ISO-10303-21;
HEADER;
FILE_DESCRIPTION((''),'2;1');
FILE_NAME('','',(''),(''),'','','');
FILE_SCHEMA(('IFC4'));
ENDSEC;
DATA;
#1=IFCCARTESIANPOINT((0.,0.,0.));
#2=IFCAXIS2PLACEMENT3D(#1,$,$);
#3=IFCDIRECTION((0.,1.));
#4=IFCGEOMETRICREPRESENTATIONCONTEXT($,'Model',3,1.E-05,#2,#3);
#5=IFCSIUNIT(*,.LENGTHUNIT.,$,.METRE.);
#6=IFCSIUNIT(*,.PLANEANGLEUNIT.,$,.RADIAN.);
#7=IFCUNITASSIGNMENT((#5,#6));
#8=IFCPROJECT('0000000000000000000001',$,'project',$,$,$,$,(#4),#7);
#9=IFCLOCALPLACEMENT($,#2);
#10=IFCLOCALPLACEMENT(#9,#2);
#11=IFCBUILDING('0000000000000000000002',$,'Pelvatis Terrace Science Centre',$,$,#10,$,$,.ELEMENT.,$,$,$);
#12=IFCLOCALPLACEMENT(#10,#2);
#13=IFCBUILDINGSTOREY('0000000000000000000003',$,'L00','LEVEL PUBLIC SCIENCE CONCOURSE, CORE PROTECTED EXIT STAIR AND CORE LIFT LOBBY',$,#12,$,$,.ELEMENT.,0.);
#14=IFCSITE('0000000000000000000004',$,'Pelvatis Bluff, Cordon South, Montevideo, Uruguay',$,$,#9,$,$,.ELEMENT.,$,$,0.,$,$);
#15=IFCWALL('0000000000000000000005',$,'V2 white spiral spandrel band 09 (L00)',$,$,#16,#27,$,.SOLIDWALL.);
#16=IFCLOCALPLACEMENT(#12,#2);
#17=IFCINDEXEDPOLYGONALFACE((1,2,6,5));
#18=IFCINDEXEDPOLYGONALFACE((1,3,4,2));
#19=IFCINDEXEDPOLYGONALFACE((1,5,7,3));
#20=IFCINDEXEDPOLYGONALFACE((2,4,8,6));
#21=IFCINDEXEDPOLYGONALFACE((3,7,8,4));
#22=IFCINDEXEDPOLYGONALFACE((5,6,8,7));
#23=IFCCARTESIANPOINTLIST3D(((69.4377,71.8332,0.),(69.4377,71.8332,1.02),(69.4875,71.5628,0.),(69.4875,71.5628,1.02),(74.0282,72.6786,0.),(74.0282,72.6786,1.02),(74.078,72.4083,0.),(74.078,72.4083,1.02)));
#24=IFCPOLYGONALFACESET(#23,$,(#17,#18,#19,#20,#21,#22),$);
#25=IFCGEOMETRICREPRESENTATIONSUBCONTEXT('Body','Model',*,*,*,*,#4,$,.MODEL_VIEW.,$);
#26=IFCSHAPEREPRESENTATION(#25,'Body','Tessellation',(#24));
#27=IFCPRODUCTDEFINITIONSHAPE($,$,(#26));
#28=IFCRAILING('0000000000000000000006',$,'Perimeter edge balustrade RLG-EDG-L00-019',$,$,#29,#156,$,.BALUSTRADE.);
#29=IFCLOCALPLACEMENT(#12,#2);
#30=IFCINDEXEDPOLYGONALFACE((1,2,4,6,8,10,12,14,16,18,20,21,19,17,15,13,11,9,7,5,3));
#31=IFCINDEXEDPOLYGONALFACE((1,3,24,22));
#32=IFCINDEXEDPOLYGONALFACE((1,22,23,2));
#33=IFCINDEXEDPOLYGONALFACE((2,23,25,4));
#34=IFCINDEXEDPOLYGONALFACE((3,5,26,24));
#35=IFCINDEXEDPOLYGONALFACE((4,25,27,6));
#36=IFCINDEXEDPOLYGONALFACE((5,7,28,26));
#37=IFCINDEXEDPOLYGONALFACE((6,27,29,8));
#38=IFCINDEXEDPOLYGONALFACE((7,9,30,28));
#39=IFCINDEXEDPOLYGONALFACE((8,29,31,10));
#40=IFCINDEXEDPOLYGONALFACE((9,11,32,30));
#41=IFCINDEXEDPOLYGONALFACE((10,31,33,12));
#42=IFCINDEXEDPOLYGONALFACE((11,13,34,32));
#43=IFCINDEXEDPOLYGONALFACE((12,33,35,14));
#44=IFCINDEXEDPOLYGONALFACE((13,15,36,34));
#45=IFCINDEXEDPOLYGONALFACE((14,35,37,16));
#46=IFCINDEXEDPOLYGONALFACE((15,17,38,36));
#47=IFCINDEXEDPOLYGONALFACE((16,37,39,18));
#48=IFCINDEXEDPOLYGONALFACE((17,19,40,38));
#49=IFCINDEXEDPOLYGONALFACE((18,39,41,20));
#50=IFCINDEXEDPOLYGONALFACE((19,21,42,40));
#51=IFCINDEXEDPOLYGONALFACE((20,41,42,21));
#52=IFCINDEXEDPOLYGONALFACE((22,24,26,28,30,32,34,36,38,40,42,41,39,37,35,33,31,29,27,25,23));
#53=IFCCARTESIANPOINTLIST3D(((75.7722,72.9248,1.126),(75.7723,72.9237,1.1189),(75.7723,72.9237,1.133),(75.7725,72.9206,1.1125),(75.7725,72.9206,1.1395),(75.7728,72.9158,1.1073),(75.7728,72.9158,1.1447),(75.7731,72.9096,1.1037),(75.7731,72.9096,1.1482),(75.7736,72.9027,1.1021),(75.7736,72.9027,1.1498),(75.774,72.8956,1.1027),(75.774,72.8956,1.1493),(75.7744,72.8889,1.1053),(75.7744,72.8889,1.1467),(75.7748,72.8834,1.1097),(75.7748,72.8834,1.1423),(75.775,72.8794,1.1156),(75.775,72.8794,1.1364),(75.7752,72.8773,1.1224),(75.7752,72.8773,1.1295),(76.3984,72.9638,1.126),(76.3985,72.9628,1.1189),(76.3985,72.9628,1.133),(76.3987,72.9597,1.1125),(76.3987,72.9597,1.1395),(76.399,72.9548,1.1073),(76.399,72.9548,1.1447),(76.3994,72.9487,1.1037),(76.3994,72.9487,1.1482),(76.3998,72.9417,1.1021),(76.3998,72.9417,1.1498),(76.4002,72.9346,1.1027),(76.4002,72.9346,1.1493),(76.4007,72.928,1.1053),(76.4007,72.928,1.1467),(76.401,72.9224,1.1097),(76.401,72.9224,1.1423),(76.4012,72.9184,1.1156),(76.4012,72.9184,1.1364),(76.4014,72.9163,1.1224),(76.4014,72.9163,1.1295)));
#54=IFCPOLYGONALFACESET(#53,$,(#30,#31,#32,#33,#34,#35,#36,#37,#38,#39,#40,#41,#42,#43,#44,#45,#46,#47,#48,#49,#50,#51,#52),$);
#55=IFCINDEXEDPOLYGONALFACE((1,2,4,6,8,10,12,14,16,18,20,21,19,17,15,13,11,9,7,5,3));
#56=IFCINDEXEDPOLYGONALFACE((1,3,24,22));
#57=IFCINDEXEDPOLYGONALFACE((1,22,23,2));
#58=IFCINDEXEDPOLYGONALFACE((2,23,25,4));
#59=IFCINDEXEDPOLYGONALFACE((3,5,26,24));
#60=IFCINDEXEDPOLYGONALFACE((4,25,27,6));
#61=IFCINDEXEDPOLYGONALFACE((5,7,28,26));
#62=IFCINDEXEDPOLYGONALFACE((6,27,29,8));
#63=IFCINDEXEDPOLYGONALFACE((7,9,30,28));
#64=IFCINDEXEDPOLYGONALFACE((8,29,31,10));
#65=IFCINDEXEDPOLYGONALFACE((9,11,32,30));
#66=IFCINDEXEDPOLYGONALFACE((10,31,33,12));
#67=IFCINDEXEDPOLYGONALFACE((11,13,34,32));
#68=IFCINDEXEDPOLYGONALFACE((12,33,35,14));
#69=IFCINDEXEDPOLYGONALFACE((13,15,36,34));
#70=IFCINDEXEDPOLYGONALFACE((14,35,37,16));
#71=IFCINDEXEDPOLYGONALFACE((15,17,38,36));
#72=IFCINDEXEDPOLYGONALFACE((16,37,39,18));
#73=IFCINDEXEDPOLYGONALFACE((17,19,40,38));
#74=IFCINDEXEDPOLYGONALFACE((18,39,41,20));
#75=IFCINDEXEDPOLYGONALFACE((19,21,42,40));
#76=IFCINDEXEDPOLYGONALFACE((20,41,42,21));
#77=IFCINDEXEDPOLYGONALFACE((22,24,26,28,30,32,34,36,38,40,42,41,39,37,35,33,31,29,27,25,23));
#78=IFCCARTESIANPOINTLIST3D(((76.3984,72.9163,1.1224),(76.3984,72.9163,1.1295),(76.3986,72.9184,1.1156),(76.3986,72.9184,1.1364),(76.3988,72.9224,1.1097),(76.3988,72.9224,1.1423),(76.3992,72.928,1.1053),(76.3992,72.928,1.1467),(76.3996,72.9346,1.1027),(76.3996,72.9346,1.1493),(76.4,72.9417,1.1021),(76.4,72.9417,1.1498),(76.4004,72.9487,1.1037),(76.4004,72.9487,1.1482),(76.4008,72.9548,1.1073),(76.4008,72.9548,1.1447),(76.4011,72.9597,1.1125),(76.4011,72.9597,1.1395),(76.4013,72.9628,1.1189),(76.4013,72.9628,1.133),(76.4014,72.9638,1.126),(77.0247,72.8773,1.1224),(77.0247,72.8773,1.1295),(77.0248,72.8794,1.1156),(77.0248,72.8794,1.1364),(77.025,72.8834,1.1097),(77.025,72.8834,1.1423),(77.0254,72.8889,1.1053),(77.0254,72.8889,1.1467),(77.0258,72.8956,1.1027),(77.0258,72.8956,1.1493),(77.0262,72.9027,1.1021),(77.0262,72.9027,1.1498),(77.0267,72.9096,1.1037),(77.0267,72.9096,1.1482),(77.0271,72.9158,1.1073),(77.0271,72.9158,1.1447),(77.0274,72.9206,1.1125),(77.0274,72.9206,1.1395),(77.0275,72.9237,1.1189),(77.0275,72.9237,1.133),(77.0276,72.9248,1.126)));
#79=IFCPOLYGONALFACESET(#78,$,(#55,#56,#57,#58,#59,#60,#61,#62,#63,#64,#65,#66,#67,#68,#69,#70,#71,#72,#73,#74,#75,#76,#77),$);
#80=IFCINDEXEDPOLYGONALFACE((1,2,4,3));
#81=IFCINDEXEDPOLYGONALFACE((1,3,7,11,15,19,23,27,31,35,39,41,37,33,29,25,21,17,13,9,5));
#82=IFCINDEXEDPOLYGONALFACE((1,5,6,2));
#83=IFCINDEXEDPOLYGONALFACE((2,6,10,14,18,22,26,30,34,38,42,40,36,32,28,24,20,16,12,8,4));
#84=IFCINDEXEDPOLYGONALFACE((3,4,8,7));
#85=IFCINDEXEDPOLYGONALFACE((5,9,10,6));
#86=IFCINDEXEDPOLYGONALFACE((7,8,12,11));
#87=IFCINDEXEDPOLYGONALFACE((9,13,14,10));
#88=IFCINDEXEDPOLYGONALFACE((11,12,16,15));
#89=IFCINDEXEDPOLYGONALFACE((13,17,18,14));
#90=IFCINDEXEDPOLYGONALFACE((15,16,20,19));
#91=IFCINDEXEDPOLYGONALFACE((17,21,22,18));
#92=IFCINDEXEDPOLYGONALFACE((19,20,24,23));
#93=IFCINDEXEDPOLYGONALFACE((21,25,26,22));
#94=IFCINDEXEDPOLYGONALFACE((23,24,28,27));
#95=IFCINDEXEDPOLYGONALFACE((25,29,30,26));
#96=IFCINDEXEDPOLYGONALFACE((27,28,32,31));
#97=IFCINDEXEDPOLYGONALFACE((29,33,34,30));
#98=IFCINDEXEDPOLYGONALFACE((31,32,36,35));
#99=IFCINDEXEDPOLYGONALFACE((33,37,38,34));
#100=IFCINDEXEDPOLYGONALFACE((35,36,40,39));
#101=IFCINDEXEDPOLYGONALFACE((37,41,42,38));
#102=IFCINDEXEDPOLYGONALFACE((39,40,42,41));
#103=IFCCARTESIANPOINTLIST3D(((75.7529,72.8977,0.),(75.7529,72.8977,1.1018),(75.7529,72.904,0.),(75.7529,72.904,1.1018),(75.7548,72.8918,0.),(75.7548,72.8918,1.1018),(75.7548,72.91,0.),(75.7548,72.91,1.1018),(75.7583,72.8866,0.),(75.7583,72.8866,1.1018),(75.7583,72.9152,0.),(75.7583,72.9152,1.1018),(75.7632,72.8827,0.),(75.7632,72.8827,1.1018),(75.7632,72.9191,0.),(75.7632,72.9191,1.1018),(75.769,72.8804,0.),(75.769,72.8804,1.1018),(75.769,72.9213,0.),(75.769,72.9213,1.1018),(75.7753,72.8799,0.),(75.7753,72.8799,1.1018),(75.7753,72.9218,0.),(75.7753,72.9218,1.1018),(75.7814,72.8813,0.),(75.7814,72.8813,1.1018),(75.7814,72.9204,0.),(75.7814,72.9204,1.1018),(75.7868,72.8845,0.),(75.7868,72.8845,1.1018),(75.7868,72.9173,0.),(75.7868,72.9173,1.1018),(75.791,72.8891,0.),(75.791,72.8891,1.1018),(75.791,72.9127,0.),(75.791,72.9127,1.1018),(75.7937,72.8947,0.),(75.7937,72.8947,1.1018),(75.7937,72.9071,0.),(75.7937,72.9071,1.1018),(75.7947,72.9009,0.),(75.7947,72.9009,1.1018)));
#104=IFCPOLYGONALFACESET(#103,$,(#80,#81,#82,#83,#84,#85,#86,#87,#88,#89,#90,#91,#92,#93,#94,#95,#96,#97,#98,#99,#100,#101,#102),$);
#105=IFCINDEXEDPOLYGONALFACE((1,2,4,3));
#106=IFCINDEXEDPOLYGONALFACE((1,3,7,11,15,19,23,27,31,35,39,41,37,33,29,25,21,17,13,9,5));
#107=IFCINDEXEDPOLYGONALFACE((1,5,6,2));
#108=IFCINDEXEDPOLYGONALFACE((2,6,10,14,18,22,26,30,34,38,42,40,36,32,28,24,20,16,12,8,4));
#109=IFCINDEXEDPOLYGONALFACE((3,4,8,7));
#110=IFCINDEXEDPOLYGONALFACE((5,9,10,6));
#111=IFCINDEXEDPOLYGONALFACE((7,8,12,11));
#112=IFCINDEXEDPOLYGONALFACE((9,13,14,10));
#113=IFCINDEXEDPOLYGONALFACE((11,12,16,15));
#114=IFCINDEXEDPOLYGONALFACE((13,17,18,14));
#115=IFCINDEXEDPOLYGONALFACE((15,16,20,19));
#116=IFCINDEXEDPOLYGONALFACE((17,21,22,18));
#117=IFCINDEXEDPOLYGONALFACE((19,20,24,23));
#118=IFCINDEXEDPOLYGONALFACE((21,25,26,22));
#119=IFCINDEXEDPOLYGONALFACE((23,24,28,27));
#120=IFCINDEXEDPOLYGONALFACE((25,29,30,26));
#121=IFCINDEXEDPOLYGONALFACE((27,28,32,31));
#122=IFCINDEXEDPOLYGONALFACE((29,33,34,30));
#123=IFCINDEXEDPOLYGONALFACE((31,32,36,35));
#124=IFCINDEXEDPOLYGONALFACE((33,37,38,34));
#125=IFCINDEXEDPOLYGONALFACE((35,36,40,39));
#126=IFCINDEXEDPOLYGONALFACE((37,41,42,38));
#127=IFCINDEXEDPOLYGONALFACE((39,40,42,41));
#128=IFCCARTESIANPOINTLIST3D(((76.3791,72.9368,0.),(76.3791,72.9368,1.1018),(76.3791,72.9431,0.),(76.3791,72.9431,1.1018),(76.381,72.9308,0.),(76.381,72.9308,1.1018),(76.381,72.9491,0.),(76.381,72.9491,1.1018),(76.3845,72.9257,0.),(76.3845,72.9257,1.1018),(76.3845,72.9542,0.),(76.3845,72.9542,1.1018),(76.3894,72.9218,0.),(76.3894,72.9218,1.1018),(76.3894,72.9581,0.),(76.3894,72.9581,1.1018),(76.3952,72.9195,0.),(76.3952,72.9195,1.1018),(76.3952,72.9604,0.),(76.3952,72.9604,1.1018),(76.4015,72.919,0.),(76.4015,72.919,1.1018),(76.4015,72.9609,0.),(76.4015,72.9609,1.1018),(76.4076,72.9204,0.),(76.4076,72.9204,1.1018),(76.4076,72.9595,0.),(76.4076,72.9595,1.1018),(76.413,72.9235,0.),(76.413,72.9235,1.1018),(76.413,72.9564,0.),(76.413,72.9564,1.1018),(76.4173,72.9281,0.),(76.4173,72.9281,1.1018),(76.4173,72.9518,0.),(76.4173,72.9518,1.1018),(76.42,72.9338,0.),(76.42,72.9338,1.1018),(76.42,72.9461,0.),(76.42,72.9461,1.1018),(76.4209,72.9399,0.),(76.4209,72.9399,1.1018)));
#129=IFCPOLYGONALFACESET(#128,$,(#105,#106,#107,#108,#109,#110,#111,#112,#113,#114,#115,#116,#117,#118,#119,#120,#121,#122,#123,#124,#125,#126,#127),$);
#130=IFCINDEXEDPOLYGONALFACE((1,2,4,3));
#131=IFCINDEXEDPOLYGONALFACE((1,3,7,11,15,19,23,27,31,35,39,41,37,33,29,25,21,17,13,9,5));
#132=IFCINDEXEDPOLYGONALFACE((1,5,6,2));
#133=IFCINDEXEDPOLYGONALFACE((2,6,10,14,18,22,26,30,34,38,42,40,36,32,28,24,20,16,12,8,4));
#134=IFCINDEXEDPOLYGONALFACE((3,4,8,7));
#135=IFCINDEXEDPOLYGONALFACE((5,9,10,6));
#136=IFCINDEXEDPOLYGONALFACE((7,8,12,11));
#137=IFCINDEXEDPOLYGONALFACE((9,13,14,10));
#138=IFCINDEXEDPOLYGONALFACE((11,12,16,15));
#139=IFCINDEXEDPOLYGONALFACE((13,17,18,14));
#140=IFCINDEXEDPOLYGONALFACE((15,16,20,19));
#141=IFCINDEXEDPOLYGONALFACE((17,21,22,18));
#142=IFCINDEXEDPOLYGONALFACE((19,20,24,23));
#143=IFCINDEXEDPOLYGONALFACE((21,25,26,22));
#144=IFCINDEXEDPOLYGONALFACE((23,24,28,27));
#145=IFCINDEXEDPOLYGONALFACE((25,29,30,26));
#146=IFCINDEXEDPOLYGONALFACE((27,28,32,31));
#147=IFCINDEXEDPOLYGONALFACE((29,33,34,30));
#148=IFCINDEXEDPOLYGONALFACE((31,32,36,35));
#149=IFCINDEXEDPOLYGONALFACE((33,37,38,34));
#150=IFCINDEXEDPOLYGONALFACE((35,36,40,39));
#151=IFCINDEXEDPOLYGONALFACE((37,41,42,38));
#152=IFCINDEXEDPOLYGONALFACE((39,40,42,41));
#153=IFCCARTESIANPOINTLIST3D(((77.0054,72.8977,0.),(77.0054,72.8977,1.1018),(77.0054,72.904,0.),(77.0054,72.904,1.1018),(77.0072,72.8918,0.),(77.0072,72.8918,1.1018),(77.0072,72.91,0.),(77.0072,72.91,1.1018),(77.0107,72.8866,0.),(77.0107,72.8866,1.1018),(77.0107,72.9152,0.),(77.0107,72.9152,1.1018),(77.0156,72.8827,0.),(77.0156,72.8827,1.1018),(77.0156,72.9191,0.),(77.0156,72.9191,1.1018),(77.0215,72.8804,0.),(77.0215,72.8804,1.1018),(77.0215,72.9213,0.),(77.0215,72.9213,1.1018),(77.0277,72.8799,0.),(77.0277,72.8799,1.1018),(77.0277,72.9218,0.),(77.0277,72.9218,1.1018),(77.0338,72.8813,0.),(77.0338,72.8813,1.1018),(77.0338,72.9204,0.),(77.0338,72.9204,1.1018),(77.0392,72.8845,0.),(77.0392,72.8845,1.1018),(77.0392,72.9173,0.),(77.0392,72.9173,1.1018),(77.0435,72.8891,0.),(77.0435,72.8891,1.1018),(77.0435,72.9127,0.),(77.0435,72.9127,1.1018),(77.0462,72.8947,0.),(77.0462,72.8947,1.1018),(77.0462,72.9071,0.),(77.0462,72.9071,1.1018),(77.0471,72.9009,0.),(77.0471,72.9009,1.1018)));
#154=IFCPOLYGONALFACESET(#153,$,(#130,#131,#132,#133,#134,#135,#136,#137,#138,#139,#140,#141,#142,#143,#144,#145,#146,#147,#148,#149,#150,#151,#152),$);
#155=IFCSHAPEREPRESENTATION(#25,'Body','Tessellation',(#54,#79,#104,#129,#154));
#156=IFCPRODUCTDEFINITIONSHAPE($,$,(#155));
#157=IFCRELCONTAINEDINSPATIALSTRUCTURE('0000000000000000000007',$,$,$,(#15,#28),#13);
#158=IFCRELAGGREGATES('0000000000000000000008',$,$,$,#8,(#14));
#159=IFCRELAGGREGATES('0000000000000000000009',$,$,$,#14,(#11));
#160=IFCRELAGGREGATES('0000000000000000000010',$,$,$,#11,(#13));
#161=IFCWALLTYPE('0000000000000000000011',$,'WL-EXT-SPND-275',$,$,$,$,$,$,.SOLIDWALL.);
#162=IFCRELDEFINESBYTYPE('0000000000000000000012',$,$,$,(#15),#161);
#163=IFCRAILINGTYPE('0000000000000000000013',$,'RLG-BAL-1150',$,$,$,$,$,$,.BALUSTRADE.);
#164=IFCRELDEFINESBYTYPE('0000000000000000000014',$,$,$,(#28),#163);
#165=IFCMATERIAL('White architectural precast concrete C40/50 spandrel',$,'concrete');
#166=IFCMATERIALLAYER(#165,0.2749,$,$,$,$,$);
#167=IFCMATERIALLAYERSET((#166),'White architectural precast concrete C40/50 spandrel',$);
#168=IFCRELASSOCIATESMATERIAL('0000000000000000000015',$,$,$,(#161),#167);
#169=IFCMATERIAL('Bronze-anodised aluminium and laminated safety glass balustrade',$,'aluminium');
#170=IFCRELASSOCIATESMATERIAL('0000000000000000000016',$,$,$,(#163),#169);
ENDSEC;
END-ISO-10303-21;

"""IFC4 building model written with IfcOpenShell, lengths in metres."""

from ifc_helpers import new_model, si_unit, direction, frame, frame_2d, origin, origin_2d, place, context, subcontext, project, spatial, rectangle, circle, extrude, material, layer, layer_set, type_object, element, save


model = new_model("IFC4")

# Units and contexts
model_context = context("Model", 3, precision=1e-05, world=origin(), true_north=direction((0.0, 1.0)))
body_context = subcontext(model_context, "Body", "Model", "MODEL_VIEW")
ifc_project = project(units=[si_unit("LENGTHUNIT", "METRE"), si_unit("PLANEANGLEUNIT", "RADIAN")], contexts=[model_context])

# Site, building, storey
site_placement = place(None, origin())
site = spatial("IfcSite", under=ifc_project, at=site_placement, Name="Pelvatis Bluff, Cordon South, Montevideo, Uruguay", CompositionType="ELEMENT", RefElevation=0.0)
building_placement = place(site_placement, origin())
building = spatial("IfcBuilding", under=site, at=building_placement, Name="Pelvatis Terrace Science Centre", CompositionType="ELEMENT")
storey_placement = place(building_placement, origin())
storey = spatial("IfcBuildingStorey", under=building, at=storey_placement, Name="L00", Description="LEVEL PUBLIC SCIENCE CONCOURSE, CORE PROTECTED EXIT STAIR AND CORE LIFT LOBBY", CompositionType="ELEMENT", Elevation=0.0)

# Wall
ifc_material_1 = material(Name="White architectural precast concrete C40/50 spandrel", Category="concrete")
ifc_layer_1 = layer(ifc_material_1, 0.2749)
ifc_layer_set_1 = layer_set([ifc_layer_1], Name="White architectural precast concrete C40/50 spandrel")
wall_type = type_object("IfcWallType", Name="WL-EXT-SPND-275", PredefinedType="SOLIDWALL", material=ifc_layer_set_1)
wall_placement = place(storey_placement, frame((74.0532, 72.5435, 0.0), z_axis=(0.0, 0.0, 1.0), x_axis=(-0.98346, -0.181126, 0.0)))
element("IfcWall", 1, at=wall_placement, inside=storey, type_object=wall_type, Name="V2 white spiral spandrel band 09 (L00)", PredefinedType="SOLIDWALL", context=body_context, shape_type="SweptSolid", body=[
    extrude(rectangle(XDim=4.6677, YDim=0.2749, at=frame_2d((2.334, 0.0))), origin(), (0.0, 0.0, 1.0), 1.02),
])

# Railing
ifc_material_2 = material(Name="Bronze-anodised aluminium and laminated safety glass balustrade", Category="aluminium")
railing_type = type_object("IfcRailingType", Name="RLG-BAL-1150", PredefinedType="BALUSTRADE", material=ifc_material_2)
railing_placement = place(storey_placement, frame((75.7737, 72.9009, 0.0)))
element("IfcRailing", 2, at=railing_placement, inside=storey, type_object=railing_type, Name="Perimeter edge balustrade RLG-EDG-L00-019", PredefinedType="BALUSTRADE", context=body_context, shape_type="SweptSolid", body=[
    extrude(circle(Radius=0.0239, at=origin_2d()), frame((0.0, 0.0, 1.126), z_axis=(0.99806, 0.062257, 0.0), x_axis=(-0.062257, 0.99806, 0.0)), (0.0, 0.0, 1.0), 0.6274),
    extrude(circle(Radius=0.0239, at=origin_2d()), frame((0.6262, 0.0391, 1.126), z_axis=(0.99806, -0.062257, 0.0), x_axis=(0.062257, 0.99806, 0.0)), (0.0, 0.0, 1.0), 0.6274),
    extrude(circle(Radius=0.021, at=origin_2d()), origin(), (0.0, 0.0, 1.0), 1.1018),
    extrude(circle(Radius=0.021, at=origin_2d()), frame((0.6262, 0.0391, 0.0)), (0.0, 0.0, 1.0), 1.1018),
    extrude(circle(Radius=0.021, at=origin_2d()), frame((1.2524, 0.0, 0.0)), (0.0, 0.0, 1.0), 1.1018),
])

save(model, "model.ifc")
